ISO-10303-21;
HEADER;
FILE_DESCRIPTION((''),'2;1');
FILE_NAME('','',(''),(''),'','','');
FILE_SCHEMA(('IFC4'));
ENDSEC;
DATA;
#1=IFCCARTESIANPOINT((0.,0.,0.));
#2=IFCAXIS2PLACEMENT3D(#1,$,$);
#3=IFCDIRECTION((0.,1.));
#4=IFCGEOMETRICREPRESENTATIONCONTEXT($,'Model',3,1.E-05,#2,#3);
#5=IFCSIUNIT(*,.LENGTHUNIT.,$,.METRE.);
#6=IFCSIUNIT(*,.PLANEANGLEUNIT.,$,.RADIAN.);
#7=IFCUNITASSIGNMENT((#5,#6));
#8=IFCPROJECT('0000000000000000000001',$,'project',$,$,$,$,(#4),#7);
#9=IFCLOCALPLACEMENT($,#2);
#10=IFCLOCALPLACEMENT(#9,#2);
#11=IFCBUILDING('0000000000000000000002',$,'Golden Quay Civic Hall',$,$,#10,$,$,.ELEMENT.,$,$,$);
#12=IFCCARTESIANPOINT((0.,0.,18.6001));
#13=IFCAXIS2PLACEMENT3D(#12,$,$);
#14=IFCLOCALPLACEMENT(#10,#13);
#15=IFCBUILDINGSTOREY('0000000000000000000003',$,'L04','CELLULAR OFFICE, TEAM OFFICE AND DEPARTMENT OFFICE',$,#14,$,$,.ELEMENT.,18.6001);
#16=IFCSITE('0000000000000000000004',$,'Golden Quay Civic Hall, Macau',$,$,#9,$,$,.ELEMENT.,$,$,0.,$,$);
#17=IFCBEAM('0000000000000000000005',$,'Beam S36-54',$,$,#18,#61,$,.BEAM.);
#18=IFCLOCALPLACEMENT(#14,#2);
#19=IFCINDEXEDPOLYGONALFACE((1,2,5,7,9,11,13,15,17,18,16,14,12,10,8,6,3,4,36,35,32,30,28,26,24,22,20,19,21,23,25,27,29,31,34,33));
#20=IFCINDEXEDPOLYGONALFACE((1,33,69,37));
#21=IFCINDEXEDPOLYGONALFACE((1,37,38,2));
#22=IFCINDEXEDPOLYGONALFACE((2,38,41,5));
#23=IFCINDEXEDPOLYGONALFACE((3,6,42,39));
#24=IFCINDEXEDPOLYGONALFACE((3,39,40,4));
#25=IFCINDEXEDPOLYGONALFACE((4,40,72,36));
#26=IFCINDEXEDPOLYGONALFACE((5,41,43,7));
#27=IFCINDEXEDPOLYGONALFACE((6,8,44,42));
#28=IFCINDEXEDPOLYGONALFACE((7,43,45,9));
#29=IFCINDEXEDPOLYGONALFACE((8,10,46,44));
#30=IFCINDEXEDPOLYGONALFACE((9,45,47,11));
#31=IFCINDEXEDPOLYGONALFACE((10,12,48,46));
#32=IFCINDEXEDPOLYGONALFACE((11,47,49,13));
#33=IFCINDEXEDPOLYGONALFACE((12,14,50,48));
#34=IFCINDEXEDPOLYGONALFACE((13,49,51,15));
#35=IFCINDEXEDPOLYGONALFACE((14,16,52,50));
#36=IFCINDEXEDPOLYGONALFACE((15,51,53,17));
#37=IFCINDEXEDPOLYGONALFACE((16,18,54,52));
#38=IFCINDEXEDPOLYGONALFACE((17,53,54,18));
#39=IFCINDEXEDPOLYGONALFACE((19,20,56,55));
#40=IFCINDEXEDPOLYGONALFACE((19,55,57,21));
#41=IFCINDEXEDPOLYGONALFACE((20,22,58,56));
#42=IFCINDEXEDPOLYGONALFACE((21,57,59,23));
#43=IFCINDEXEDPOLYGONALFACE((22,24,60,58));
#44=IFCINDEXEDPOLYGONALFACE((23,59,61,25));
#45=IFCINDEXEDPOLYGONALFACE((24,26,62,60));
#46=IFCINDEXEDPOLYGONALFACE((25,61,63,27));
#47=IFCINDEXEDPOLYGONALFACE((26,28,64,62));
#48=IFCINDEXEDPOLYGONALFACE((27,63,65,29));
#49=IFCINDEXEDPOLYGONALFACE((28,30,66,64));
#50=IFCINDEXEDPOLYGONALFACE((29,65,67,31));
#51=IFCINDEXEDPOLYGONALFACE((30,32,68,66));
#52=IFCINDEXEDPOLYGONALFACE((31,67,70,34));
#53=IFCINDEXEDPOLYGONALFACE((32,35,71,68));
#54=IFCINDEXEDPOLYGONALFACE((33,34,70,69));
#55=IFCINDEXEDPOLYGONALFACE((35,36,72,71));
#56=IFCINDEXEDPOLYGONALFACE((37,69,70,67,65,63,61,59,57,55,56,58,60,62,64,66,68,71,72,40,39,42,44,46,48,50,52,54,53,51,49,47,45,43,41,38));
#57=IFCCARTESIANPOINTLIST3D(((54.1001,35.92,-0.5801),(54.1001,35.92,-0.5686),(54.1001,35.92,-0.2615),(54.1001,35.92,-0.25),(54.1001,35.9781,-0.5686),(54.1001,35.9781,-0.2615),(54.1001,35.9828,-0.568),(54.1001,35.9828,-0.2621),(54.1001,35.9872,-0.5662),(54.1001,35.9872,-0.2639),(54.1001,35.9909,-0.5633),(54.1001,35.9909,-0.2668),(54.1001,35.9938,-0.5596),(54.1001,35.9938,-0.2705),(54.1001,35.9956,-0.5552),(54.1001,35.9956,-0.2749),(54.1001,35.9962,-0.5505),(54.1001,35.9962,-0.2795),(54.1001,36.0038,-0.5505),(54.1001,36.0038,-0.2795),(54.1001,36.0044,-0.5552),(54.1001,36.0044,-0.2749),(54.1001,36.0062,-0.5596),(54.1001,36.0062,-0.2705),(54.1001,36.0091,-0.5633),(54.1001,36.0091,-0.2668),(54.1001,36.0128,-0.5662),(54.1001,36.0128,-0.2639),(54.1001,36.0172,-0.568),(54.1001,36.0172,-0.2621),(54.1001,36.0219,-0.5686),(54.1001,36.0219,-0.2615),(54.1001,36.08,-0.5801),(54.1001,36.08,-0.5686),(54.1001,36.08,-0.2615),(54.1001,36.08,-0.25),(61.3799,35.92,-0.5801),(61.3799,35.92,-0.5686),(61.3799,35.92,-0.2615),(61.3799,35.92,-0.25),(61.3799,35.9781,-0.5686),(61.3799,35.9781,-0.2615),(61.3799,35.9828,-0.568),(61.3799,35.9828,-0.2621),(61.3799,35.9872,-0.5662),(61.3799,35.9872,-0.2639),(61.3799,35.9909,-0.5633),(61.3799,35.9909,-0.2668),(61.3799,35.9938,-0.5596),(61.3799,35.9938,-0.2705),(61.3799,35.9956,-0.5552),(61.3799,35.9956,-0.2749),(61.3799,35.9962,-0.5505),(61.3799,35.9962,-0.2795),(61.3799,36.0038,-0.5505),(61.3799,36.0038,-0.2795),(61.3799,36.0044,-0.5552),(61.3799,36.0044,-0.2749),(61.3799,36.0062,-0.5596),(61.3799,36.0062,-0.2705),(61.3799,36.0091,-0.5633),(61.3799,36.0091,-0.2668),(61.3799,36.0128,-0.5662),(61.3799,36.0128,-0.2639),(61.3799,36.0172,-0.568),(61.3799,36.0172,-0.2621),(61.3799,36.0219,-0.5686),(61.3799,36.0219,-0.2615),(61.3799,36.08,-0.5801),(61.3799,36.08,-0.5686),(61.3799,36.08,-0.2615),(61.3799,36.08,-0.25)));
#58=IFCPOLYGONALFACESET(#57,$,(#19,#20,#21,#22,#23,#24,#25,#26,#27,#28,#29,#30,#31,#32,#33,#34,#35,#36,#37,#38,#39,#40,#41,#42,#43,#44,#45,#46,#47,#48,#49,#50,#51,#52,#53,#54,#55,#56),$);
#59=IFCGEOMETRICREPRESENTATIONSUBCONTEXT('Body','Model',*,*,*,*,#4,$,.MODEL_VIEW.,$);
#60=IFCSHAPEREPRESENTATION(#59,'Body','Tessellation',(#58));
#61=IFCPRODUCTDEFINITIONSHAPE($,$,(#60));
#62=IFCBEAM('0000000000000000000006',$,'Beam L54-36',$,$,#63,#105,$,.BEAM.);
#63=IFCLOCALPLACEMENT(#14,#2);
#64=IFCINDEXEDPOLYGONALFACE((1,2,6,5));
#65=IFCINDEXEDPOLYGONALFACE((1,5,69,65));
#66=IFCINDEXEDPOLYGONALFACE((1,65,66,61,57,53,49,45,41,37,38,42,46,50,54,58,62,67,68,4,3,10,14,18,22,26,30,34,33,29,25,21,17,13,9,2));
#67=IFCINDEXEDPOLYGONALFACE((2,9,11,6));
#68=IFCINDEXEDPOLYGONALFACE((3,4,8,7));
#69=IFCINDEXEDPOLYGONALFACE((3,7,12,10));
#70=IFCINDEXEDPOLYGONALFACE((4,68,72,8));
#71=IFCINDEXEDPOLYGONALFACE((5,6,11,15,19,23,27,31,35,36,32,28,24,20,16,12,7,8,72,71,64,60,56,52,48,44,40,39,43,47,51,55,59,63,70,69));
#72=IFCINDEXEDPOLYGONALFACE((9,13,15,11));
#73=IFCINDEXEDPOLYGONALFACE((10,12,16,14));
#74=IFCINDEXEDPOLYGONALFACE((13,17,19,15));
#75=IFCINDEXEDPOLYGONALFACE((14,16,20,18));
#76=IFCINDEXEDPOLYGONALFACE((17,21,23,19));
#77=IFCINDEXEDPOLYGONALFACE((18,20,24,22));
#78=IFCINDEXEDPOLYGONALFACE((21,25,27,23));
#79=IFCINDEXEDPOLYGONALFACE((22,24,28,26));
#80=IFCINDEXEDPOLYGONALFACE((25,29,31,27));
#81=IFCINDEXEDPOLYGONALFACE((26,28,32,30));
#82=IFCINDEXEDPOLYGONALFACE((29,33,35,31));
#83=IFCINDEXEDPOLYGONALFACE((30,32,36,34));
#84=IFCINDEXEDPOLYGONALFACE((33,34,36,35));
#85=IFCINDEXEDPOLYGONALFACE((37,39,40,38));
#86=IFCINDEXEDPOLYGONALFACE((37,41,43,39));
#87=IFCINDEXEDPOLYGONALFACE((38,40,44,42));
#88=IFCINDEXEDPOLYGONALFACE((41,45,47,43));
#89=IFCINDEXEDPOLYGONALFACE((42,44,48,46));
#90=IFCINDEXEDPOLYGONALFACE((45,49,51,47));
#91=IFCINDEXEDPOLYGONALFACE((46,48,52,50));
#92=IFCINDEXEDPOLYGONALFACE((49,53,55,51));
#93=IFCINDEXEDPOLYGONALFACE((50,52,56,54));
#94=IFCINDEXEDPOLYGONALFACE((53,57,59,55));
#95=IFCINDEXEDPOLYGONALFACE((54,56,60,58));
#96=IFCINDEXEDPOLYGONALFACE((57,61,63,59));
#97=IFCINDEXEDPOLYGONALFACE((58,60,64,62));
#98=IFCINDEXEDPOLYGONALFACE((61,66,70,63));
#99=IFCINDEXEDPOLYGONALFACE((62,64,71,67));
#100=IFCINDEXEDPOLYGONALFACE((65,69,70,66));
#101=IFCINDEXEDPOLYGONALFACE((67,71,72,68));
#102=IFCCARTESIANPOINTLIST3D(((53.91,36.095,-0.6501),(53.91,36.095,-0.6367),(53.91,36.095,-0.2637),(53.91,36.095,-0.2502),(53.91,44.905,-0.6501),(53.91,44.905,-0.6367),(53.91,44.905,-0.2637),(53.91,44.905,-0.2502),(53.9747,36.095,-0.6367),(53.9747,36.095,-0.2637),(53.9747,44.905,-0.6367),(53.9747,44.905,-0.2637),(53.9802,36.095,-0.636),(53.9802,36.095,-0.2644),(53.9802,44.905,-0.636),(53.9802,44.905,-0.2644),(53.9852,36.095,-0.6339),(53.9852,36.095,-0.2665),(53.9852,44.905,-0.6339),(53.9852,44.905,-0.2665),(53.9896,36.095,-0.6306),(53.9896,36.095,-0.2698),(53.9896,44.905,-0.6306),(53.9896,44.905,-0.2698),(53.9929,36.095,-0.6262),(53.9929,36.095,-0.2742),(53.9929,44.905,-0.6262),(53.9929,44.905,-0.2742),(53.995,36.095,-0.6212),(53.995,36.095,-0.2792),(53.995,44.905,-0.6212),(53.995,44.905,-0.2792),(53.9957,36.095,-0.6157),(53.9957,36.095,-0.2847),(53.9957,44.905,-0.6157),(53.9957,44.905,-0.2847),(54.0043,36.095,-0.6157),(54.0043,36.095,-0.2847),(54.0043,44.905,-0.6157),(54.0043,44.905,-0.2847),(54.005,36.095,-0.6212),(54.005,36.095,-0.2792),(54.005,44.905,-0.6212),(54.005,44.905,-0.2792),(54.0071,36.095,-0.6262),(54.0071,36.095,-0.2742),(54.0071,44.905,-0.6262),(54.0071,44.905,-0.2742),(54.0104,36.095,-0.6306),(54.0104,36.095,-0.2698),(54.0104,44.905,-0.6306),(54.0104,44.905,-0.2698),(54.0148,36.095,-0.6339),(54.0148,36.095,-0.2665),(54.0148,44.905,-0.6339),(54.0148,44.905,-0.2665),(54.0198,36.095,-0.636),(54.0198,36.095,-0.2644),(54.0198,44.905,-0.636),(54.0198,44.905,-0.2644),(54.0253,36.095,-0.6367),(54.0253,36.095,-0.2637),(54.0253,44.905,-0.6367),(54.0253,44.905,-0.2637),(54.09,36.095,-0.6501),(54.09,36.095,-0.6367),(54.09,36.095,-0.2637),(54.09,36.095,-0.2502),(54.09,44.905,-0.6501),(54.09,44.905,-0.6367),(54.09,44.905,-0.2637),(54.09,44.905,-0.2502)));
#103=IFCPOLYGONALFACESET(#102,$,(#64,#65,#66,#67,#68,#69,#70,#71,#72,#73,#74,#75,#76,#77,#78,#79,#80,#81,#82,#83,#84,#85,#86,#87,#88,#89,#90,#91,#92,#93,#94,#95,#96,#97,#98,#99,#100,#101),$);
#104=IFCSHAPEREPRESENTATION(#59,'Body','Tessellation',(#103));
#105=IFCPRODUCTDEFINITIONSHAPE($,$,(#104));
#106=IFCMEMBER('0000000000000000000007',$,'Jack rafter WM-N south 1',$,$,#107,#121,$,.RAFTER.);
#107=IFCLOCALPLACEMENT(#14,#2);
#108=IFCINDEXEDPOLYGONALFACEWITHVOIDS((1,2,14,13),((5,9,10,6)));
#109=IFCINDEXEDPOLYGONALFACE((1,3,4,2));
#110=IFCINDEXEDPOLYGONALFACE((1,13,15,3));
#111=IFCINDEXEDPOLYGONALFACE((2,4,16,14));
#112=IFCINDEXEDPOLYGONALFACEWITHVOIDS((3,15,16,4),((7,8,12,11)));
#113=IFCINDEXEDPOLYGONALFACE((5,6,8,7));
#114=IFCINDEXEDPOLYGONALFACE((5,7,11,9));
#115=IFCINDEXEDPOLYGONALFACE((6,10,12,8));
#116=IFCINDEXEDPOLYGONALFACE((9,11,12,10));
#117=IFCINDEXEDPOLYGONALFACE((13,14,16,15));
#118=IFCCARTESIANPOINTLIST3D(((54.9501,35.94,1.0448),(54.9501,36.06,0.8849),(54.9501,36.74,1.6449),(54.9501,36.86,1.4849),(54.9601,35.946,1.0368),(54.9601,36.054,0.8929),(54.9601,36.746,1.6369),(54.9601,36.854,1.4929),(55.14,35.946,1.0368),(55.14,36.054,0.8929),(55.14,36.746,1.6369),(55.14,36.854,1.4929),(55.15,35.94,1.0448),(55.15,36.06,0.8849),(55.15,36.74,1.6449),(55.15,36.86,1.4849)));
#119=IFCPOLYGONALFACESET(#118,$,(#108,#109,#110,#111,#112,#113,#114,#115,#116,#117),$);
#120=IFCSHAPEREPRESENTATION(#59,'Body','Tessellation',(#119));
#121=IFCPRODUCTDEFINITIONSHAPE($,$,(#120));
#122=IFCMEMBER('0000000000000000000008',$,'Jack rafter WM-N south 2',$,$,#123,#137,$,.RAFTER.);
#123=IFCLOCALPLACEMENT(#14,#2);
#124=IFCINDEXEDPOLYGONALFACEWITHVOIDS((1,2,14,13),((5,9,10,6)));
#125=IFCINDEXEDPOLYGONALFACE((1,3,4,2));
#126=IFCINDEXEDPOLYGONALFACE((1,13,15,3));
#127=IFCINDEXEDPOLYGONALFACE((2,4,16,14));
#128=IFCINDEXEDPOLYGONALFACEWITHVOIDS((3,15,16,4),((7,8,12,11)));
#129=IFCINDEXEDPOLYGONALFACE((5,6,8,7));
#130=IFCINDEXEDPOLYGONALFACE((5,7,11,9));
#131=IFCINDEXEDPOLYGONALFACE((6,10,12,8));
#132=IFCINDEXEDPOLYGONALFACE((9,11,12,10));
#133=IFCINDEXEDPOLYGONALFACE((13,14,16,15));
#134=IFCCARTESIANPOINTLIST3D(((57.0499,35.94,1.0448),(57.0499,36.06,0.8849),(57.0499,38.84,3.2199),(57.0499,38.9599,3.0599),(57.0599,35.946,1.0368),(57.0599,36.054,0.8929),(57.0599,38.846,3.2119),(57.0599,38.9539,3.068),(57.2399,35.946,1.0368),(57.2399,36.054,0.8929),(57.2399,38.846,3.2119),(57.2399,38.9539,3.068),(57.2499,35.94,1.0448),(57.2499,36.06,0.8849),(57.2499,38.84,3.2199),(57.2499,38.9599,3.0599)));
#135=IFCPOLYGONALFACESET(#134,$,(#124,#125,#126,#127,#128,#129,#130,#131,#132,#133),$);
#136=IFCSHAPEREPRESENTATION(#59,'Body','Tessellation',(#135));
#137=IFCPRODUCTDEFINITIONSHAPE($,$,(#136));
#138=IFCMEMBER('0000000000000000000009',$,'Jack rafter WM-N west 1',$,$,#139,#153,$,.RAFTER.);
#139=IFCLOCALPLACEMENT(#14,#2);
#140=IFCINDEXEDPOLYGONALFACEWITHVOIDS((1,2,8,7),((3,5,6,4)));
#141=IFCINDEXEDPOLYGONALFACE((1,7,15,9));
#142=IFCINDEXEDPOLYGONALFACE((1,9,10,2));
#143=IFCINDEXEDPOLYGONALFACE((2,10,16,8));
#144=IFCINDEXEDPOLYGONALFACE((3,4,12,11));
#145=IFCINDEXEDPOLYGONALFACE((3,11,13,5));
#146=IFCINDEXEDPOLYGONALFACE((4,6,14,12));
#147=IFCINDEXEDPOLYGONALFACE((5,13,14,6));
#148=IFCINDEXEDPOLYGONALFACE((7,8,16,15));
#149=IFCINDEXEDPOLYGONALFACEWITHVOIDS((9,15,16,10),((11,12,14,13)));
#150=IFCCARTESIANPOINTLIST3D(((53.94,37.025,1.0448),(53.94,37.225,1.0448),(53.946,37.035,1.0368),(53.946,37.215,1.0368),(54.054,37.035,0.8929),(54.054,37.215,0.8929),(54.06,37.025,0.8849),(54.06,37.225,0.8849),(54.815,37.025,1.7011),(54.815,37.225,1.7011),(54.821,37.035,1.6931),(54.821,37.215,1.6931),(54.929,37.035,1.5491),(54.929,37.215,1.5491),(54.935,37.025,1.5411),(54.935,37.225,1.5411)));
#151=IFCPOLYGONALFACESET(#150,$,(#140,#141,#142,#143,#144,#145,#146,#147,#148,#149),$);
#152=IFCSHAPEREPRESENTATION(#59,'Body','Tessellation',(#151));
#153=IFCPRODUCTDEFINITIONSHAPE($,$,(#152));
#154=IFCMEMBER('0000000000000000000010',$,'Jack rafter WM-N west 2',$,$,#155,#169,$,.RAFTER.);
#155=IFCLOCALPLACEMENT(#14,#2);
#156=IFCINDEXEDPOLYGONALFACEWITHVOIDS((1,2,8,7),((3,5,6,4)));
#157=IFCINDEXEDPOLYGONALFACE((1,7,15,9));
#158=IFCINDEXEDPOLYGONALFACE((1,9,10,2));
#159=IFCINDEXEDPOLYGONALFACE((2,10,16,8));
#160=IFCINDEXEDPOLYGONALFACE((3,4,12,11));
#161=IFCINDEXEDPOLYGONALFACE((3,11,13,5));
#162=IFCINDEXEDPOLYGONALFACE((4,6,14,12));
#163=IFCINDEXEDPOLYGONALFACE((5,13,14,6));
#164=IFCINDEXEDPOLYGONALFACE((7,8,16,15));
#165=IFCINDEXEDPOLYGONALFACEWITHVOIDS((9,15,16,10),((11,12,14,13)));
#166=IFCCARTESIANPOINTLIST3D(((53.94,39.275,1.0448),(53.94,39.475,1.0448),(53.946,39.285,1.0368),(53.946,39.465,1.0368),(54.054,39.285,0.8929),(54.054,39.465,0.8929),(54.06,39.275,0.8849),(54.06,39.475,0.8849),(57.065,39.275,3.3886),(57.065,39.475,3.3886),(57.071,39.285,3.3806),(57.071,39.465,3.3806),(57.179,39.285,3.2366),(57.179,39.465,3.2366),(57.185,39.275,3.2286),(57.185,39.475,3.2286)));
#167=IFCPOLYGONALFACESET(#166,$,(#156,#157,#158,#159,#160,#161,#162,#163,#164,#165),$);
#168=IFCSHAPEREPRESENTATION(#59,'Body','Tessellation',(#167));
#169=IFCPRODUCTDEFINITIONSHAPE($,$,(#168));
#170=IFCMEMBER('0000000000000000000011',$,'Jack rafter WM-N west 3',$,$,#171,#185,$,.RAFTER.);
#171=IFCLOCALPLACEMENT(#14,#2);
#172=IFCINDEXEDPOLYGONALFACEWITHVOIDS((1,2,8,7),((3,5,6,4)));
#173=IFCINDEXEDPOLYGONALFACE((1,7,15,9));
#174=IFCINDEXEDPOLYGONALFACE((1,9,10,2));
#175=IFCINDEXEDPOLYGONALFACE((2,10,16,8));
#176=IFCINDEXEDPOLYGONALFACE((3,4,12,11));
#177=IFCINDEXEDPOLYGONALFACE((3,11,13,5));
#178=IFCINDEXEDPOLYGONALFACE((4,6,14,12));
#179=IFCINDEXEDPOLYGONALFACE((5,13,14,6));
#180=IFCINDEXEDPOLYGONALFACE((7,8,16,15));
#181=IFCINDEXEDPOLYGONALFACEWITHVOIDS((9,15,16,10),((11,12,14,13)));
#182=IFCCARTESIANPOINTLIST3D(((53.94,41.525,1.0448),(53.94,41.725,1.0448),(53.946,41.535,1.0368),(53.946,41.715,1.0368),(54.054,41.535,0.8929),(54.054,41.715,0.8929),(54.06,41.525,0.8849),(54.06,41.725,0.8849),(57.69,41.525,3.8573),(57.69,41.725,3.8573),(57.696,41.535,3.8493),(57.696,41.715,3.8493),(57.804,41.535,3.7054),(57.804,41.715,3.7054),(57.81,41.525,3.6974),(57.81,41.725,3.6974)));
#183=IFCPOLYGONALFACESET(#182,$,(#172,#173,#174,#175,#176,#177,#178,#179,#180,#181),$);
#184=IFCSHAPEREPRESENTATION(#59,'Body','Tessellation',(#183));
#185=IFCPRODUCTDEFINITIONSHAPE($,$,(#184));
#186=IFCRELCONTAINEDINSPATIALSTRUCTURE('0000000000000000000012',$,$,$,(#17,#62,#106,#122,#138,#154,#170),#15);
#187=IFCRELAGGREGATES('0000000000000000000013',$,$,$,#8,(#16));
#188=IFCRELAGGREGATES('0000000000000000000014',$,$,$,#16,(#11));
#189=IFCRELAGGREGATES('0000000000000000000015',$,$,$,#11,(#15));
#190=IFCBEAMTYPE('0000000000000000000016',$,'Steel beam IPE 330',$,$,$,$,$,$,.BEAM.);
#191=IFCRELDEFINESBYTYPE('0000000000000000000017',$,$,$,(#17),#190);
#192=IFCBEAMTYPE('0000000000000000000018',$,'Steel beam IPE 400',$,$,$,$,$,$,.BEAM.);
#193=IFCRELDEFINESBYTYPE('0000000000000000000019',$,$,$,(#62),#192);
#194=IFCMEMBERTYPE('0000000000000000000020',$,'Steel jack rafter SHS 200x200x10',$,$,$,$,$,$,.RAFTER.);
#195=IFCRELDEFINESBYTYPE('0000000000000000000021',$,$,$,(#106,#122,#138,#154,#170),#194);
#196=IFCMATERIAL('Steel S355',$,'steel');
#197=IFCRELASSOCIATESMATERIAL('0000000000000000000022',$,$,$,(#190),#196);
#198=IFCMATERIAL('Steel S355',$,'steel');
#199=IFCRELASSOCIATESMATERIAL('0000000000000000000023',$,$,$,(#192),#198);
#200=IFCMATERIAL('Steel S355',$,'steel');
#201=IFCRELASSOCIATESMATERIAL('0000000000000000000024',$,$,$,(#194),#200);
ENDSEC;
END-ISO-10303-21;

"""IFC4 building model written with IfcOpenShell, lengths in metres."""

from ifc_helpers import new_model, si_unit, direction, frame, origin, origin_2d, place, context, subcontext, project, spatial, hollow_rectangle, i_section, extrude, material, material_profile, profile_set, type_object, element, save


model = new_model("IFC4")

# Units and contexts
model_context = context("Model", 3, precision=1e-05, world=origin(), true_north=direction((0.0, 1.0)))
body_context = subcontext(model_context, "Body", "Model", "MODEL_VIEW")
ifc_project = project(units=[si_unit("LENGTHUNIT", "METRE"), si_unit("PLANEANGLEUNIT", "RADIAN")], contexts=[model_context])

# Site, building, storey
site_placement = place(None, origin())
site = spatial("IfcSite", under=ifc_project, at=site_placement, Name="Golden Quay Civic Hall, Macau", CompositionType="ELEMENT", RefElevation=0.0)
building_placement = place(site_placement, origin())
building = spatial("IfcBuilding", under=site, at=building_placement, Name="Golden Quay Civic Hall", CompositionType="ELEMENT")
storey_placement = place(building_placement, frame((0.0, 0.0, 18.6001)))
storey = spatial("IfcBuildingStorey", under=building, at=storey_placement, Name="L04", Description="CELLULAR OFFICE, TEAM OFFICE AND DEPARTMENT OFFICE", CompositionType="ELEMENT", Elevation=18.6001)

# Beams
ifc_material_1 = material(Name="Steel S355", Category="steel")
ifc_material_profile_1 = material_profile(ifc_material_1, i_section(OverallWidth=0.1599, OverallDepth=0.3301, WebThickness=0.0076, FlangeThickness=0.0115, FilletRadius=0.0181, at=origin_2d()), Name="IPE 330")
ifc_profile_set_1 = profile_set([ifc_material_profile_1], Name="Steel S355")
beam_type_1 = type_object("IfcBeamType", Name="Steel beam IPE 330", PredefinedType="BEAM", material=ifc_profile_set_1)
beam_1_placement = place(storey_placement, frame((54.1001, 36.0, -0.415), z_axis=(1.0, 0.0, 0.0), x_axis=(0.0, 1.0, 0.0)))
element("IfcBeam", 1, at=beam_1_placement, inside=storey, type_object=beam_type_1, Name="Beam S36-54", PredefinedType="BEAM", context=body_context, shape_type="SweptSolid", body=[
    extrude(i_section(OverallWidth=0.1599, OverallDepth=0.3301, WebThickness=0.0076, FlangeThickness=0.0115, FilletRadius=0.0181, at=origin_2d()), origin(), (0.0, 0.0, 1.0), 7.2798),
])
ifc_material_2 = material(Name="Steel S355", Category="steel")
ifc_material_profile_2 = material_profile(ifc_material_2, i_section(OverallWidth=0.1799, OverallDepth=0.3999, WebThickness=0.0085, FlangeThickness=0.0134, FilletRadius=0.021, at=origin_2d()), Name="IPE 400")
ifc_profile_set_2 = profile_set([ifc_material_profile_2], Name="Steel S355")
beam_type_2 = type_object("IfcBeamType", Name="Steel beam IPE 400", PredefinedType="BEAM", material=ifc_profile_set_2)
beam_2_placement = place(storey_placement, frame((54.0, 36.095, -0.4502), z_axis=(0.0, 1.0, 0.0), x_axis=(-1.0, 0.0, 0.0)))
element("IfcBeam", 2, at=beam_2_placement, inside=storey, type_object=beam_type_2, Name="Beam L54-36", PredefinedType="BEAM", context=body_context, shape_type="SweptSolid", body=[
    extrude(i_section(OverallWidth=0.1799, OverallDepth=0.3999, WebThickness=0.0085, FlangeThickness=0.0134, FilletRadius=0.021, at=origin_2d()), origin(), (0.0, 0.0, 1.0), 8.8101),
])

# Members
ifc_material_3 = material(Name="Steel S355", Category="steel")
ifc_material_profile_3 = material_profile(ifc_material_3, hollow_rectangle(XDim=0.2, YDim=0.2, WallThickness=0.01, at=origin_2d()), Name="SHS 200x200x10")
ifc_profile_set_3 = profile_set([ifc_material_profile_3], Name="Steel S355")
member_type_1 = type_object("IfcMemberType", Name="Steel jack rafter SHS 200x200x10", PredefinedType="RAFTER", material=ifc_profile_set_3)
member_1_placement = place(storey_placement, frame((55.05, 36.0, 0.9648), z_axis=(0.0, 0.799971, 0.600039), x_axis=(-1.0, 0.0, 0.0)))
element("IfcMember", 3, at=member_1_placement, inside=storey, type_object=member_type_1, Name="Jack rafter WM-N south 1", PredefinedType="RAFTER", context=body_context, shape_type="SweptSolid", body=[
    extrude(hollow_rectangle(XDim=0.2, YDim=0.2, WallThickness=0.01, at=origin_2d()), origin(), (0.0, 0.0, 1.0), 1.0),
])
member_2_placement = place(storey_placement, frame((57.1499, 36.0, 0.9648), z_axis=(0.0, 0.799984, 0.600022), x_axis=(-1.0, 0.0, 0.0)))
element("IfcMember", 4, at=member_2_placement, inside=storey, type_object=member_type_1, Name="Jack rafter WM-N south 2", PredefinedType="RAFTER", context=body_context, shape_type="SweptSolid", body=[
    extrude(hollow_rectangle(XDim=0.2, YDim=0.2, WallThickness=0.01, at=origin_2d()), origin(), (0.0, 0.0, 1.0), 3.625),
])
member_3_placement = place(storey_placement, frame((54.0, 37.125, 0.9648), z_axis=(0.8, 0.0, 0.6), x_axis=(0.0, 1.0, 0.0)))
element("IfcMember", 5, at=member_3_placement, inside=storey, type_object=member_type_1, Name="Jack rafter WM-N west 1", PredefinedType="RAFTER", context=body_context, shape_type="SweptSolid", body=[
    extrude(hollow_rectangle(XDim=0.2, YDim=0.2, WallThickness=0.01, at=origin_2d()), origin(), (0.0, 0.0, 1.0), 1.0938),
])
member_4_placement = place(storey_placement, frame((54.0, 39.375, 0.9648), z_axis=(0.8, 0.0, 0.6), x_axis=(0.0, 1.0, 0.0)))
element("IfcMember", 6, at=member_4_placement, inside=storey, type_object=member_type_1, Name="Jack rafter WM-N west 2", PredefinedType="RAFTER", context=body_context, shape_type="SweptSolid", body=[
    extrude(hollow_rectangle(XDim=0.2, YDim=0.2, WallThickness=0.01, at=origin_2d()), origin(), (0.0, 0.0, 1.0), 3.9062),
])
for number, where, z_axis, x_axis, name in (
    (7, (54.0, 41.625, 0.9648), (0.8, 0.0, 0.6), (0.0, 1.0, 0.0), "Jack rafter WM-N west 3"),
):
    element("IfcMember", number, at=place(storey_placement, frame(where, z_axis=z_axis, x_axis=x_axis)), inside=storey, type_object=member_type_1, Name=name, PredefinedType="RAFTER", context=body_context, shape_type="SweptSolid", body=[
        extrude(hollow_rectangle(XDim=0.2, YDim=0.2, WallThickness=0.01, at=origin_2d()), origin(), (0.0, 0.0, 1.0), 4.6875),
    ])

save(model, "model.ifc")
